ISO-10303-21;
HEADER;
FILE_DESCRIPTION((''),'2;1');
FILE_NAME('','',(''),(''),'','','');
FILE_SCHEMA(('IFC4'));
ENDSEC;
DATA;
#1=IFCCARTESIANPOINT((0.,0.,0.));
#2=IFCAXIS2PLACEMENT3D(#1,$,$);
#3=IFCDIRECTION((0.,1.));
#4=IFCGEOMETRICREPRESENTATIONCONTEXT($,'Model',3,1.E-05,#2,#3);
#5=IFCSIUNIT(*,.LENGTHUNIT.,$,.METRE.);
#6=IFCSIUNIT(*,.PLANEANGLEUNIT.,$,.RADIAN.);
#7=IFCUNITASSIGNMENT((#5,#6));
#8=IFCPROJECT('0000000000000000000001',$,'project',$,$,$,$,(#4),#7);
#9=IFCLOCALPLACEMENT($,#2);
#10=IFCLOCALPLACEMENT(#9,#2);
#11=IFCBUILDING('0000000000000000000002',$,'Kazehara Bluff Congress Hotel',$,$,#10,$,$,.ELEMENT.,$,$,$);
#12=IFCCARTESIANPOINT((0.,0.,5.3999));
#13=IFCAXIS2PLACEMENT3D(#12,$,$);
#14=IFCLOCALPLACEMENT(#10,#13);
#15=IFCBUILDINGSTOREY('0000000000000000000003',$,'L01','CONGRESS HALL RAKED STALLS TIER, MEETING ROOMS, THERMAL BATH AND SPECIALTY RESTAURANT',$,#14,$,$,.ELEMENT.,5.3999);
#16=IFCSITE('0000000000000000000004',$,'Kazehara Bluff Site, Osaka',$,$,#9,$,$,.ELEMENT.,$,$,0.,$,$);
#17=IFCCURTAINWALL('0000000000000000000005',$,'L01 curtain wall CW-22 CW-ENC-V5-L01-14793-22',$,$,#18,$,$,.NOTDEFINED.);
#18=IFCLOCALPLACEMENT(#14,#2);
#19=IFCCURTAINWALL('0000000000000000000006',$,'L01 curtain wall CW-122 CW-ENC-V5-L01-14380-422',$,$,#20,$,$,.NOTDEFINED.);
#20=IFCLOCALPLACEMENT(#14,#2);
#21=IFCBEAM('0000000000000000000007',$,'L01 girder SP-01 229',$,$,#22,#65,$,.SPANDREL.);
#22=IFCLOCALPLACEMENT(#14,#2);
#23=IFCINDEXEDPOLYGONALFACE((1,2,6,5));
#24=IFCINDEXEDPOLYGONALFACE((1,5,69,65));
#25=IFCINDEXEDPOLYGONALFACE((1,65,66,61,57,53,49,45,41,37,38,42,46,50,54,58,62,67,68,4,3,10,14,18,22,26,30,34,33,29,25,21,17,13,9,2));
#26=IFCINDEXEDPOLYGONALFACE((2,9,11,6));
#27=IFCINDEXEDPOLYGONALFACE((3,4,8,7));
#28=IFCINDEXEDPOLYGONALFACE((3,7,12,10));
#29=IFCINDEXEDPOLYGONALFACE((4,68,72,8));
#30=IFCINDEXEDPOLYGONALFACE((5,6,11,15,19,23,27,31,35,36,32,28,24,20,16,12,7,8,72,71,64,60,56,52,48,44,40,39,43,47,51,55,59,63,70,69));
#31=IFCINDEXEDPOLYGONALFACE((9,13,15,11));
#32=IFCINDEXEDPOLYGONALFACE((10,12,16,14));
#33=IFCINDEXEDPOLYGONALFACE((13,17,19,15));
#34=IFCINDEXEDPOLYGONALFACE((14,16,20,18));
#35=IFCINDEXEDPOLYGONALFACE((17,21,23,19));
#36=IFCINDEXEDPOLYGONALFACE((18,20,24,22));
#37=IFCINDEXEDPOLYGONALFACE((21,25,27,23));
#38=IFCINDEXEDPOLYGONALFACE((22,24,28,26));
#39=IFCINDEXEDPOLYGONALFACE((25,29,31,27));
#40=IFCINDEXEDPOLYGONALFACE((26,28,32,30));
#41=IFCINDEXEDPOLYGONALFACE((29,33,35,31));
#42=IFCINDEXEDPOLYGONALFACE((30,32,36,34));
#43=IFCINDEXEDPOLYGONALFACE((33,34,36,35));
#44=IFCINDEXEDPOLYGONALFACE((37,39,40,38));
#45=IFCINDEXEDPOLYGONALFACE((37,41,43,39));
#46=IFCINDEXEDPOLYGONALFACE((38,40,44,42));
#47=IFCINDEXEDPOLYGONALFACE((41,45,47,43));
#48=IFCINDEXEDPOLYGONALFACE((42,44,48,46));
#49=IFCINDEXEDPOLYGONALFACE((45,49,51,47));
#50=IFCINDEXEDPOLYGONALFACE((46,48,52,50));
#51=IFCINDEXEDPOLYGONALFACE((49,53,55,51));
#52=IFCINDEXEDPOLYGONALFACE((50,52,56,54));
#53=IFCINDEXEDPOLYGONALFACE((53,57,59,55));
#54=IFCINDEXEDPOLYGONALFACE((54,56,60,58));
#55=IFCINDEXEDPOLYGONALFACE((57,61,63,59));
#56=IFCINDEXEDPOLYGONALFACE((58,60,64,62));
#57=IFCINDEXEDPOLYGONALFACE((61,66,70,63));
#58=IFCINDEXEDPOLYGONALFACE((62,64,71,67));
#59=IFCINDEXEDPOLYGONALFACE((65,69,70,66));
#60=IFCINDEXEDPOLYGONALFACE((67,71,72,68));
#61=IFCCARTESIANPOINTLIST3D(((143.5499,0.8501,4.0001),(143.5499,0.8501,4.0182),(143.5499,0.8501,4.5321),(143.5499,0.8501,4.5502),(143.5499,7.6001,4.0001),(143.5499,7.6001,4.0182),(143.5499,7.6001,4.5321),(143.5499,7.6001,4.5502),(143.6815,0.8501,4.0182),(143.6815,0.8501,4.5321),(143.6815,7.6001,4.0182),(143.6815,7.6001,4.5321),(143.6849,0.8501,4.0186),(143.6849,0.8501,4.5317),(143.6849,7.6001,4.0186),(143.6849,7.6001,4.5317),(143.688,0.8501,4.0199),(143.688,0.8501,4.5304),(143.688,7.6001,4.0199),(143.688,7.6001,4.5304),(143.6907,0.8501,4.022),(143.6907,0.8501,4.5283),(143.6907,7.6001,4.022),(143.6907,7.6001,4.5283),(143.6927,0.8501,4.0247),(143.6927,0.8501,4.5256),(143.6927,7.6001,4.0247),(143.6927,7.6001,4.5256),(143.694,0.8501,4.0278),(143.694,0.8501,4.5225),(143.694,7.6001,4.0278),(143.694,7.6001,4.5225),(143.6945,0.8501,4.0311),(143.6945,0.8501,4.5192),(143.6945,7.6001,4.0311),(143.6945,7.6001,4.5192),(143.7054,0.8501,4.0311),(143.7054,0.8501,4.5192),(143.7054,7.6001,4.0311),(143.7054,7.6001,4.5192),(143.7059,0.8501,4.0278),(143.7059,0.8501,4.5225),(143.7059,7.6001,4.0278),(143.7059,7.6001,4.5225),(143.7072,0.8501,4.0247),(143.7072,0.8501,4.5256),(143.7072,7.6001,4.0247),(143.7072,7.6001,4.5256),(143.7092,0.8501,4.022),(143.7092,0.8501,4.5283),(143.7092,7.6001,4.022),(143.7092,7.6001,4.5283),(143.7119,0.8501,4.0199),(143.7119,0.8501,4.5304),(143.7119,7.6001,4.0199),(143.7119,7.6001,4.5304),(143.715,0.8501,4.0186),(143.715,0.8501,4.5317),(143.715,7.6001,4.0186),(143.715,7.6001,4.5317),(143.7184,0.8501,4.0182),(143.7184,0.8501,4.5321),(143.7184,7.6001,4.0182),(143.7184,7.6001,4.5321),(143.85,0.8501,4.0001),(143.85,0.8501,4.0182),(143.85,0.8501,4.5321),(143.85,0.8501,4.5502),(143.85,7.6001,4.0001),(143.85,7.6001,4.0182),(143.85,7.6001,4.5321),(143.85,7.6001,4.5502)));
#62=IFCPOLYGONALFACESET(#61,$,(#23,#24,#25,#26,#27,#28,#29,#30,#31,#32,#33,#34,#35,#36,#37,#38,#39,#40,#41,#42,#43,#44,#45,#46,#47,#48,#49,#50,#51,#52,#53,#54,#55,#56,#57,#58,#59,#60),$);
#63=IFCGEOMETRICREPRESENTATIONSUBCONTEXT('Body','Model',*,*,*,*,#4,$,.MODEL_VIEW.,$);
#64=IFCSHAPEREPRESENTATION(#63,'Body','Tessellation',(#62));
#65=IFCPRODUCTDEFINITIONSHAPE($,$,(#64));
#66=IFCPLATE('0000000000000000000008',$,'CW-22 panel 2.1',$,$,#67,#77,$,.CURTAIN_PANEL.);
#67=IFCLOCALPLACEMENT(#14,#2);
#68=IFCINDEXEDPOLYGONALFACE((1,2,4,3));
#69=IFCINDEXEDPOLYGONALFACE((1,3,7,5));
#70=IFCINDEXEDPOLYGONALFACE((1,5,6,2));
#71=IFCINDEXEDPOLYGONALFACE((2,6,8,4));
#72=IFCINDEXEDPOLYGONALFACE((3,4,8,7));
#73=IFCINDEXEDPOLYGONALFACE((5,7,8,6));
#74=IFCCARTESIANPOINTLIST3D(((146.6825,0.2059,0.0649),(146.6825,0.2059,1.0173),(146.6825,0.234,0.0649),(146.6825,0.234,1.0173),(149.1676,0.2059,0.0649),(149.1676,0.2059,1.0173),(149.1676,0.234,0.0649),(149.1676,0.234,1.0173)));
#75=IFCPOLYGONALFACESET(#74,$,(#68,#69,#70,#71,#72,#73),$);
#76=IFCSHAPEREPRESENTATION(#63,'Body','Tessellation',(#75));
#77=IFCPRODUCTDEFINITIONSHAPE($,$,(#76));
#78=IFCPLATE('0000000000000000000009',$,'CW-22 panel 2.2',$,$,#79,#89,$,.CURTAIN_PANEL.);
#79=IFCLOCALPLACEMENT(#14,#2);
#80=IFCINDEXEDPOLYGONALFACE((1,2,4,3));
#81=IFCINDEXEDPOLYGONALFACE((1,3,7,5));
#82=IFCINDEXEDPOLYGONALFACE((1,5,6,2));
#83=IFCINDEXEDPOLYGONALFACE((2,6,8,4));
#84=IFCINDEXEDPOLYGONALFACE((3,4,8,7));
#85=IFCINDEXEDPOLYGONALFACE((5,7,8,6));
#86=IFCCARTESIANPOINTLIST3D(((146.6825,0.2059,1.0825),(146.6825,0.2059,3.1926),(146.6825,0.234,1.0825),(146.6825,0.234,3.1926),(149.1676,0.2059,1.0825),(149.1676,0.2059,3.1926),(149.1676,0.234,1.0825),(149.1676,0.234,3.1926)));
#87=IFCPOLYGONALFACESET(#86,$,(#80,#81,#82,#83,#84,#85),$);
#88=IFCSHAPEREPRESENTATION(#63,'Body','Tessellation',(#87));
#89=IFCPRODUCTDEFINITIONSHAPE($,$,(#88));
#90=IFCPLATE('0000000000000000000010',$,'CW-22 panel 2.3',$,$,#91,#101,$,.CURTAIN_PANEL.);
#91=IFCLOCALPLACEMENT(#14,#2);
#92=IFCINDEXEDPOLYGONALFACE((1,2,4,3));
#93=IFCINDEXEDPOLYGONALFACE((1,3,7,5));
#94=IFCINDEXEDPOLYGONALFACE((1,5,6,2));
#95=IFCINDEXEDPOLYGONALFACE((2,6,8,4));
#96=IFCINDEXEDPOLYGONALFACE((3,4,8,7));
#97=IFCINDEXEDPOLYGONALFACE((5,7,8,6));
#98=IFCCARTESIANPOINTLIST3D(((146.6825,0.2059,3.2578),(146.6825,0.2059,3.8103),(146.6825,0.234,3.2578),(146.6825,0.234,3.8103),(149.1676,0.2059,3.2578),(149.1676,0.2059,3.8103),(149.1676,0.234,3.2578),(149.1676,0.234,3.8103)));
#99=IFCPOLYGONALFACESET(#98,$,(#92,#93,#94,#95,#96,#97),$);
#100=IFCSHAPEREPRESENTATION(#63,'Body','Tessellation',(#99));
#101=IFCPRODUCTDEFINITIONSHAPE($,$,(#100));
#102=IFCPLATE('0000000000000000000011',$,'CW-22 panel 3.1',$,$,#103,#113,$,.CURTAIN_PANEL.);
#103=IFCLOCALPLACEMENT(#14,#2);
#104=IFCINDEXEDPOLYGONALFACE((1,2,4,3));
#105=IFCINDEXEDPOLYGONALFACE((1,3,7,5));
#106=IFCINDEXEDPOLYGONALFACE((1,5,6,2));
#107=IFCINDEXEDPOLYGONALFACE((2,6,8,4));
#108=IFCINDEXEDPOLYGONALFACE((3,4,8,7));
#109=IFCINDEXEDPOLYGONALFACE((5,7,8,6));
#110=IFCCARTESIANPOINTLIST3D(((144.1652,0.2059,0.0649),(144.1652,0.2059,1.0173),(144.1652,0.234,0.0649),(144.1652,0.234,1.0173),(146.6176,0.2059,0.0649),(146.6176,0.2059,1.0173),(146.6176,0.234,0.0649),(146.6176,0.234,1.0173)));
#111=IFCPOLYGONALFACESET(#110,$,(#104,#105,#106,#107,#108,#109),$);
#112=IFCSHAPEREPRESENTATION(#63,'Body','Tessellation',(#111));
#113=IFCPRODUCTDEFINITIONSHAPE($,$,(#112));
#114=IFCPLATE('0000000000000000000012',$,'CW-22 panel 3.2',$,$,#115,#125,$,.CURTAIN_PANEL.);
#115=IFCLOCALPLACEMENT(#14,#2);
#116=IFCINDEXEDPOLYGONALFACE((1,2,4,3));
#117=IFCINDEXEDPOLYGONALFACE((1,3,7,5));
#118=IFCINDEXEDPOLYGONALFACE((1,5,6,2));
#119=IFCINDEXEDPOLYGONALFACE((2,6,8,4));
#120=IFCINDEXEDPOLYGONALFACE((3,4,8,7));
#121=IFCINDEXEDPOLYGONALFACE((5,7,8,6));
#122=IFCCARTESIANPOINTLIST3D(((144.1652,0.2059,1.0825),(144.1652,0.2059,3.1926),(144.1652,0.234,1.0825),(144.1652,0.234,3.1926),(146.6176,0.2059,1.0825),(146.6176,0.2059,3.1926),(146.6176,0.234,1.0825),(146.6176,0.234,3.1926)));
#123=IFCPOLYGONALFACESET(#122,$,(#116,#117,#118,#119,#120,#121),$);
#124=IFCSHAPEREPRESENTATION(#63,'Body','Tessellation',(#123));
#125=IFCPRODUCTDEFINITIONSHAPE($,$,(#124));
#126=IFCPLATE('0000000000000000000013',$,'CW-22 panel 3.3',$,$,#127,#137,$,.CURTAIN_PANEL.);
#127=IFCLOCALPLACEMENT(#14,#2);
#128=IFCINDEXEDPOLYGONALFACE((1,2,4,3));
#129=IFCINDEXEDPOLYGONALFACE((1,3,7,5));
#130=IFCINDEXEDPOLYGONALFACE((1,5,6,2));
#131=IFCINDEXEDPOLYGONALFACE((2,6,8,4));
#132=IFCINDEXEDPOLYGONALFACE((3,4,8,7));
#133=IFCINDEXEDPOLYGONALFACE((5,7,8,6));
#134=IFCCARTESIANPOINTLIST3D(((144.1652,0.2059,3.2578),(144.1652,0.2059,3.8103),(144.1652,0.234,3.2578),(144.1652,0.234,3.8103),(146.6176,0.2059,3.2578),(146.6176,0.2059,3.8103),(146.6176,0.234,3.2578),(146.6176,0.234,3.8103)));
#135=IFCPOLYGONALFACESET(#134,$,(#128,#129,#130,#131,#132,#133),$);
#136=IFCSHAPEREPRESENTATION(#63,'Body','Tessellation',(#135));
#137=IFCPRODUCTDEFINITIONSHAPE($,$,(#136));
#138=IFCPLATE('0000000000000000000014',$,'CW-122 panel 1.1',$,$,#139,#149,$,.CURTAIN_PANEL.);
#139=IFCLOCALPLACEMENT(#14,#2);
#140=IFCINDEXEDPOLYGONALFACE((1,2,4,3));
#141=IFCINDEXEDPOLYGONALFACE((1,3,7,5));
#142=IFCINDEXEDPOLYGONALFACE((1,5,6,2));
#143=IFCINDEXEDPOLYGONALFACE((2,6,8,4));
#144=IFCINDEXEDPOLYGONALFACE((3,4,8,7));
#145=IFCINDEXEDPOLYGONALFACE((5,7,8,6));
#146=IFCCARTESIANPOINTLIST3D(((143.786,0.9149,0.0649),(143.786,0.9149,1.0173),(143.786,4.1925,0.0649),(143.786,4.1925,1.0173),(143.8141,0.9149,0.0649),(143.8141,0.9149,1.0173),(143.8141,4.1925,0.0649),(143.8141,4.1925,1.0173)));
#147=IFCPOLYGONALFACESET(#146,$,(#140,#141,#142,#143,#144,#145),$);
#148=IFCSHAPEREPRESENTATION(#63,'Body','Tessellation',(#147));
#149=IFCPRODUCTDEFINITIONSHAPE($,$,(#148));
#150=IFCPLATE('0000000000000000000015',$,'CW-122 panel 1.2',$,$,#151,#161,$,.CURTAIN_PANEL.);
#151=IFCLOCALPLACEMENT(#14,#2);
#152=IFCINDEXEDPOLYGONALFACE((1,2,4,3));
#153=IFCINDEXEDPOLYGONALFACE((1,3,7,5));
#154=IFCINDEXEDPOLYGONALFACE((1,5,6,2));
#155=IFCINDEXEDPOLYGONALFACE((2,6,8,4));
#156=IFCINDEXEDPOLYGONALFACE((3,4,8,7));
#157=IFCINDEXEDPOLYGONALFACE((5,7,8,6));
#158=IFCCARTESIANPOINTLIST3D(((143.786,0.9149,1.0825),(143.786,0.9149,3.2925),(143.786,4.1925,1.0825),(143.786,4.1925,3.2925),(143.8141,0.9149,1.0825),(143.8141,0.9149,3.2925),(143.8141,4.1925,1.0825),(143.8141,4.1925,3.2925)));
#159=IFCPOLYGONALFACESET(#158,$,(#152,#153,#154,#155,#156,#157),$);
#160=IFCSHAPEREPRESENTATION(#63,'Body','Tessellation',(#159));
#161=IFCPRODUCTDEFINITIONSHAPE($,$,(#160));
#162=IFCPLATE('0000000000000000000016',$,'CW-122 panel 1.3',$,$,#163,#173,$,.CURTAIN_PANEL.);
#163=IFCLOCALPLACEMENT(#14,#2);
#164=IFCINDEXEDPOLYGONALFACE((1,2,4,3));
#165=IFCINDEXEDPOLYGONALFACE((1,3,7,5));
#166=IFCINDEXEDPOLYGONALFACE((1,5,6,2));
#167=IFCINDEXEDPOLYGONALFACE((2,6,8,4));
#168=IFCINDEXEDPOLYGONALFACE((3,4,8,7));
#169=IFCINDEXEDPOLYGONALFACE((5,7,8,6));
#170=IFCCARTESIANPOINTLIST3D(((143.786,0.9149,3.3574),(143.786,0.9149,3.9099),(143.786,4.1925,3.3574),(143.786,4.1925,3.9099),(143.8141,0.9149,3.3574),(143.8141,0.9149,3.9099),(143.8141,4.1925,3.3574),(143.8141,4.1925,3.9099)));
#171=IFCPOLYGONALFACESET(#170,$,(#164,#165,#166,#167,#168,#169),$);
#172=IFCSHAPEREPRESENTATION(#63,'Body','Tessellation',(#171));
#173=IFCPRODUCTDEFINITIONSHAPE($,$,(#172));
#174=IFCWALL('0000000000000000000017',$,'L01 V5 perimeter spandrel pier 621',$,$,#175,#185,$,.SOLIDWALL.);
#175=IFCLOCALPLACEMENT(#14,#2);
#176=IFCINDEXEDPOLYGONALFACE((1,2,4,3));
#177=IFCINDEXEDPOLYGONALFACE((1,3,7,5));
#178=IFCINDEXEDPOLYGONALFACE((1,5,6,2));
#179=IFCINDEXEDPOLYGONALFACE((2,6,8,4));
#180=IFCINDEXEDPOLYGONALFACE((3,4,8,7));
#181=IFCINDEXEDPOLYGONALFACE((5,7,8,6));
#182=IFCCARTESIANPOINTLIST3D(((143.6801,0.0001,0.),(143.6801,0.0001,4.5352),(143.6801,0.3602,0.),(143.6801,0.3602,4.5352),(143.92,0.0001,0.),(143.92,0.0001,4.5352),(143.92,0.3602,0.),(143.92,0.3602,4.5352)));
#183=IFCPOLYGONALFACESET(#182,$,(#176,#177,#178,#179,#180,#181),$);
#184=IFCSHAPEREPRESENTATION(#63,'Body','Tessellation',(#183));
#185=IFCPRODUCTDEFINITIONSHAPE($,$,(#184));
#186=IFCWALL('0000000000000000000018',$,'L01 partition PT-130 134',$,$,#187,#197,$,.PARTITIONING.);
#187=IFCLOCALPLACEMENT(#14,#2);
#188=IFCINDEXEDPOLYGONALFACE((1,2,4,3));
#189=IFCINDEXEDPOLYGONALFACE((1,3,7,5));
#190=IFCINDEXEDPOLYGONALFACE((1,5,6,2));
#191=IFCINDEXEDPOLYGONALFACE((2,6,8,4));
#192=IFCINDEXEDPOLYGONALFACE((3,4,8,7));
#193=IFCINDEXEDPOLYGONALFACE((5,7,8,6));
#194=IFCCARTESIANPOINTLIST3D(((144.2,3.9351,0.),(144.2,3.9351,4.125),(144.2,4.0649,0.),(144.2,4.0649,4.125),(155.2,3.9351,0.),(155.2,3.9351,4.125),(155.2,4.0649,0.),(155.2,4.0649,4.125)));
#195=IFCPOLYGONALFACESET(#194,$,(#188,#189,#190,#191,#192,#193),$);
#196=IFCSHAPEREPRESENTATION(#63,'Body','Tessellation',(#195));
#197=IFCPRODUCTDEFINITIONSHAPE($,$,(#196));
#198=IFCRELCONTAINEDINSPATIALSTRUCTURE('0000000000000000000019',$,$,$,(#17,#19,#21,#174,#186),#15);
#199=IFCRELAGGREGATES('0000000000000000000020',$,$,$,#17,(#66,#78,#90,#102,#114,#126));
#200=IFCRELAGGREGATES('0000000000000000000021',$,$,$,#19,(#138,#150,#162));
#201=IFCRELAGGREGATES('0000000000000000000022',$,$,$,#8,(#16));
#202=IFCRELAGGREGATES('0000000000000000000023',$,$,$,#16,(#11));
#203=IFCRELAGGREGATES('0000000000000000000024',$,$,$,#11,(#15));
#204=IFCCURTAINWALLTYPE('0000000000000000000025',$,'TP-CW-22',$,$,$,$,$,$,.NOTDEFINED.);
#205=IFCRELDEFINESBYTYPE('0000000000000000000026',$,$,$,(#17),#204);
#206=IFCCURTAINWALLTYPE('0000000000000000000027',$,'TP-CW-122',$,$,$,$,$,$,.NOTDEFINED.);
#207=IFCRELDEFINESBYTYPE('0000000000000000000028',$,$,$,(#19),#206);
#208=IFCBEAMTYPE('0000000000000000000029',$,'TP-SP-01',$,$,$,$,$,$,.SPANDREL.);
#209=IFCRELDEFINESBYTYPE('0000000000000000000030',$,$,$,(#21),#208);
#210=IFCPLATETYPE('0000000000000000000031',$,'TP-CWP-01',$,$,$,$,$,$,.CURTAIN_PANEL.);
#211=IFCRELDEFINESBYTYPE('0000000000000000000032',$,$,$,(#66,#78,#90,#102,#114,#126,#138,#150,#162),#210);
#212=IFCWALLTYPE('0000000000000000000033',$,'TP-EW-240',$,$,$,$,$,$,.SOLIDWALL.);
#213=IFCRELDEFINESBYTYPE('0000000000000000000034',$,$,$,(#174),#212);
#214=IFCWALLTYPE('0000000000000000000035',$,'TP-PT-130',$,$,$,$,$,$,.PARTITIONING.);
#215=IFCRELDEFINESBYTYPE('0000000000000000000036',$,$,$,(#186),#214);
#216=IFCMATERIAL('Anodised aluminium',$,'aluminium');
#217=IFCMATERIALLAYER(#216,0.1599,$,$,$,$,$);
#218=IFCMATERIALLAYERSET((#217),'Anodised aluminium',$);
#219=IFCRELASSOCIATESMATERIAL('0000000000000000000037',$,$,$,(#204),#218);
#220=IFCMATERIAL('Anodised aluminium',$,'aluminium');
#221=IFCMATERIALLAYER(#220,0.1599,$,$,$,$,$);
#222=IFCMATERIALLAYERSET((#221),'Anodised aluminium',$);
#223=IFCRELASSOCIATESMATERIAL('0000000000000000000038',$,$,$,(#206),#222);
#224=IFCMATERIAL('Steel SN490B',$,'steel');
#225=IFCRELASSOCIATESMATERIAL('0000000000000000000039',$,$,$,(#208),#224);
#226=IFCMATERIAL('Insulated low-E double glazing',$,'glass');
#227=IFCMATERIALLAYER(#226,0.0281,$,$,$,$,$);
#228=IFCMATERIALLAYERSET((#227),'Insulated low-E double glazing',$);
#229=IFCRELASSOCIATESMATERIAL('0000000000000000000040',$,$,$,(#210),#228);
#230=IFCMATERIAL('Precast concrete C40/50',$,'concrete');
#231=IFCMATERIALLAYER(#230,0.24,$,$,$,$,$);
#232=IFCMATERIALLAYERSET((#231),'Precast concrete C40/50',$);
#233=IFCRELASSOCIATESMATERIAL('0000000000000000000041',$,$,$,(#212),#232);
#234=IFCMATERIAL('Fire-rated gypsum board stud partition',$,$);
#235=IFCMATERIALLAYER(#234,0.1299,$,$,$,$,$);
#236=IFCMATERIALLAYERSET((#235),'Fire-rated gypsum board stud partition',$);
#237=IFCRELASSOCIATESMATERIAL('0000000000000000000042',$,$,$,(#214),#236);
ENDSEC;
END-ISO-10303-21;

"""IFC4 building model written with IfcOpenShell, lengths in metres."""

from ifc_helpers import new_model, si_unit, direction, frame, frame_2d, origin, origin_2d, place, context, subcontext, project, spatial, rectangle, i_section, extrude, material, layer, layer_set, material_profile, profile_set, type_object, element, aggregate, save


model = new_model("IFC4")

# Units and contexts
model_context = context("Model", 3, precision=1e-05, world=origin(), true_north=direction((0.0, 1.0)))
body_context = subcontext(model_context, "Body", "Model", "MODEL_VIEW")
ifc_project = project(units=[si_unit("LENGTHUNIT", "METRE"), si_unit("PLANEANGLEUNIT", "RADIAN")], contexts=[model_context])

# Site, building, storey
site_placement = place(None, origin())
site = spatial("IfcSite", under=ifc_project, at=site_placement, Name="Kazehara Bluff Site, Osaka", CompositionType="ELEMENT", RefElevation=0.0)
building_placement = place(site_placement, origin())
building = spatial("IfcBuilding", under=site, at=building_placement, Name="Kazehara Bluff Congress Hotel", CompositionType="ELEMENT")
storey_placement = place(building_placement, frame((0.0, 0.0, 5.3999)))
storey = spatial("IfcBuildingStorey", under=building, at=storey_placement, Name="L01", Description="CONGRESS HALL RAKED STALLS TIER, MEETING ROOMS, THERMAL BATH AND SPECIALTY RESTAURANT", CompositionType="ELEMENT", Elevation=5.3999)

# Curtain wall
ifc_material_1 = material(Name="Anodised aluminium", Category="aluminium")
ifc_layer_1 = layer(ifc_material_1, 0.1599)
ifc_layer_set_1 = layer_set([ifc_layer_1], Name="Anodised aluminium")
curtain_wall_type_1 = type_object("IfcCurtainWallType", Name="TP-CW-22", PredefinedType="NOTDEFINED", material=ifc_layer_set_1)
curtain_wall_1_placement = place(storey_placement, origin())
curtain_wall_1 = element("IfcCurtainWall", 1, at=curtain_wall_1_placement, inside=storey, type_object=curtain_wall_type_1, Name="L01 curtain wall CW-22 CW-ENC-V5-L01-14793-22", PredefinedType="NOTDEFINED")

# Curtain wall
ifc_material_2 = material(Name="Anodised aluminium", Category="aluminium")
ifc_layer_2 = layer(ifc_material_2, 0.1599)
ifc_layer_set_2 = layer_set([ifc_layer_2], Name="Anodised aluminium")
curtain_wall_type_2 = type_object("IfcCurtainWallType", Name="TP-CW-122", PredefinedType="NOTDEFINED", material=ifc_layer_set_2)
curtain_wall_2_placement = place(storey_placement, origin())
curtain_wall_2 = element("IfcCurtainWall", 2, at=curtain_wall_2_placement, inside=storey, type_object=curtain_wall_type_2, Name="L01 curtain wall CW-122 CW-ENC-V5-L01-14380-422", PredefinedType="NOTDEFINED")

# Beam
ifc_material_3 = material(Name="Steel SN490B", Category="steel")
ifc_material_profile_1 = material_profile(ifc_material_3, i_section(OverallWidth=0.3, OverallDepth=0.55, WebThickness=0.011, FlangeThickness=0.0181, FilletRadius=0.0129, at=origin_2d()))
ifc_profile_set_1 = profile_set([ifc_material_profile_1], Name="Steel SN490B")
beam_type_1 = type_object("IfcBeamType", Name="TP-SP-01", PredefinedType="SPANDREL", material=ifc_profile_set_1)
beam_1_placement = place(storey_placement, frame((143.7, 0.8501, 4.2751), z_axis=(0.0, 1.0, 0.0), x_axis=(-1.0, 0.0, 0.0)))
element("IfcBeam", 3, at=beam_1_placement, inside=storey, type_object=beam_type_1, Name="L01 girder SP-01 229", PredefinedType="SPANDREL", context=body_context, shape_type="SweptSolid", body=[
    extrude(i_section(OverallWidth=0.3, OverallDepth=0.55, WebThickness=0.011, FlangeThickness=0.0181, FilletRadius=0.0129, at=origin_2d()), origin(), (0.0, 0.0, 1.0), 6.75),
])

# Plates
ifc_material_4 = material(Name="Insulated low-E double glazing", Category="glass")
ifc_layer_3 = layer(ifc_material_4, 0.0281)
ifc_layer_set_3 = layer_set([ifc_layer_3], Name="Insulated low-E double glazing")
plate_type = type_object("IfcPlateType", Name="TP-CWP-01", PredefinedType="CURTAIN_PANEL", material=ifc_layer_set_3)
plate_1_placement = place(storey_placement, frame((147.925, 0.22, 0.0649), z_axis=(0.0, 0.0, 1.0), x_axis=(-1.0, 0.0, 0.0)))
plate_1 = element("IfcPlate", 4, at=plate_1_placement, type_object=plate_type, Name="CW-22 panel 2.1", PredefinedType="CURTAIN_PANEL", context=body_context, shape_type="SweptSolid", body=[
    extrude(rectangle(XDim=2.4851, YDim=0.0281, at=origin_2d()), origin(), (0.0, 0.0, 1.0), 0.9524),
])
plate_2_placement = place(storey_placement, frame((147.925, 0.22, 1.0825), z_axis=(0.0, 0.0, 1.0), x_axis=(-1.0, 0.0, 0.0)))
plate_2 = element("IfcPlate", 5, at=plate_2_placement, type_object=plate_type, Name="CW-22 panel 2.2", PredefinedType="CURTAIN_PANEL", context=body_context, shape_type="SweptSolid", body=[
    extrude(rectangle(XDim=2.4851, YDim=0.0281, at=origin_2d()), origin(), (0.0, 0.0, 1.0), 2.1101),
])
plate_3_placement = place(storey_placement, frame((147.925, 0.22, 3.2578), z_axis=(0.0, 0.0, 1.0), x_axis=(-1.0, 0.0, 0.0)))
plate_3 = element("IfcPlate", 6, at=plate_3_placement, type_object=plate_type, Name="CW-22 panel 2.3", PredefinedType="CURTAIN_PANEL", context=body_context, shape_type="SweptSolid", body=[
    extrude(rectangle(XDim=2.4851, YDim=0.0281, at=origin_2d()), origin(), (0.0, 0.0, 1.0), 0.5525),
])
plate_4_placement = place(storey_placement, frame((145.3914, 0.22, 0.0649), z_axis=(0.0, 0.0, 1.0), x_axis=(-1.0, 0.0, 0.0)))
plate_4 = element("IfcPlate", 7, at=plate_4_placement, type_object=plate_type, Name="CW-22 panel 3.1", PredefinedType="CURTAIN_PANEL", context=body_context, shape_type="SweptSolid", body=[
    extrude(rectangle(XDim=2.4524, YDim=0.0281, at=origin_2d()), origin(), (0.0, 0.0, 1.0), 0.9524),
])
plate_5_placement = place(storey_placement, frame((145.3914, 0.22, 1.0825), z_axis=(0.0, 0.0, 1.0), x_axis=(-1.0, 0.0, 0.0)))
plate_5 = element("IfcPlate", 8, at=plate_5_placement, type_object=plate_type, Name="CW-22 panel 3.2", PredefinedType="CURTAIN_PANEL", context=body_context, shape_type="SweptSolid", body=[
    extrude(rectangle(XDim=2.4524, YDim=0.0281, at=origin_2d()), origin(), (0.0, 0.0, 1.0), 2.1101),
])
plate_6_placement = place(storey_placement, frame((145.3914, 0.22, 3.2578), z_axis=(0.0, 0.0, 1.0), x_axis=(-1.0, 0.0, 0.0)))
plate_6 = element("IfcPlate", 9, at=plate_6_placement, type_object=plate_type, Name="CW-22 panel 3.3", PredefinedType="CURTAIN_PANEL", context=body_context, shape_type="SweptSolid", body=[
    extrude(rectangle(XDim=2.4524, YDim=0.0281, at=origin_2d()), origin(), (0.0, 0.0, 1.0), 0.5525),
])
aggregate(curtain_wall_1, [plate_1, plate_2, plate_3, plate_4, plate_5, plate_6])
plate_7_placement = place(storey_placement, frame((143.8, 2.5537, 0.0649), z_axis=(0.0, 0.0, 1.0), x_axis=(0.0, 1.0, 0.0)))
plate_7 = element("IfcPlate", 10, at=plate_7_placement, type_object=plate_type, Name="CW-122 panel 1.1", PredefinedType="CURTAIN_PANEL", context=body_context, shape_type="SweptSolid", body=[
    extrude(rectangle(XDim=3.2776, YDim=0.0281, at=origin_2d()), origin(), (0.0, 0.0, 1.0), 0.9524),
])
plate_8_placement = place(storey_placement, frame((143.8, 2.5537, 1.0825), z_axis=(0.0, 0.0, 1.0), x_axis=(0.0, 1.0, 0.0)))
plate_8 = element("IfcPlate", 11, at=plate_8_placement, type_object=plate_type, Name="CW-122 panel 1.2", PredefinedType="CURTAIN_PANEL", context=body_context, shape_type="SweptSolid", body=[
    extrude(rectangle(XDim=3.2776, YDim=0.0281, at=origin_2d()), origin(), (0.0, 0.0, 1.0), 2.21),
])
plate_9_placement = place(storey_placement, frame((143.8, 2.5537, 3.3574), z_axis=(0.0, 0.0, 1.0), x_axis=(0.0, 1.0, 0.0)))
plate_9 = element("IfcPlate", 12, at=plate_9_placement, type_object=plate_type, Name="CW-122 panel 1.3", PredefinedType="CURTAIN_PANEL", context=body_context, shape_type="SweptSolid", body=[
    extrude(rectangle(XDim=3.2776, YDim=0.0281, at=origin_2d()), origin(), (0.0, 0.0, 1.0), 0.5525),
])
aggregate(curtain_wall_2, [plate_7, plate_8, plate_9])

# Walls
ifc_material_5 = material(Name="Precast concrete C40/50", Category="concrete")
ifc_layer_4 = layer(ifc_material_5, 0.24)
ifc_layer_set_4 = layer_set([ifc_layer_4], Name="Precast concrete C40/50")
wall_type_1 = type_object("IfcWallType", Name="TP-EW-240", PredefinedType="SOLIDWALL", material=ifc_layer_set_4)
wall_1_placement = place(storey_placement, frame((143.8, 0.0, 0.0), z_axis=(0.0, 0.0, 1.0), x_axis=(0.0, 1.0, 0.0)))
element("IfcWall", 13, at=wall_1_placement, inside=storey, type_object=wall_type_1, Name="L01 V5 perimeter spandrel pier 621", PredefinedType="SOLIDWALL", context=body_context, shape_type="SweptSolid", body=[
    extrude(rectangle(XDim=0.3601, YDim=0.24, at=frame_2d((0.1802, 0.0))), origin(), (0.0, 0.0, 1.0), 4.5352),
])
ifc_material_6 = material(Name="Fire-rated gypsum board stud partition")
ifc_layer_5 = layer(ifc_material_6, 0.1299)
ifc_layer_set_5 = layer_set([ifc_layer_5], Name="Fire-rated gypsum board stud partition")
wall_type_2 = type_object("IfcWallType", Name="TP-PT-130", PredefinedType="PARTITIONING", material=ifc_layer_set_5)
wall_2_placement = place(storey_placement, frame((144.2, 4.0, 0.0), z_axis=(0.0, 0.0, 1.0), x_axis=(1.0, 0.0, 0.0)))
element("IfcWall", 14, at=wall_2_placement, inside=storey, type_object=wall_type_2, Name="L01 partition PT-130 134", PredefinedType="PARTITIONING", context=body_context, shape_type="SweptSolid", body=[
    extrude(rectangle(XDim=11.0, YDim=0.1299, at=frame_2d((5.5, 0.0))), origin(), (0.0, 0.0, 1.0), 4.125),
])

save(model, "model.ifc")
